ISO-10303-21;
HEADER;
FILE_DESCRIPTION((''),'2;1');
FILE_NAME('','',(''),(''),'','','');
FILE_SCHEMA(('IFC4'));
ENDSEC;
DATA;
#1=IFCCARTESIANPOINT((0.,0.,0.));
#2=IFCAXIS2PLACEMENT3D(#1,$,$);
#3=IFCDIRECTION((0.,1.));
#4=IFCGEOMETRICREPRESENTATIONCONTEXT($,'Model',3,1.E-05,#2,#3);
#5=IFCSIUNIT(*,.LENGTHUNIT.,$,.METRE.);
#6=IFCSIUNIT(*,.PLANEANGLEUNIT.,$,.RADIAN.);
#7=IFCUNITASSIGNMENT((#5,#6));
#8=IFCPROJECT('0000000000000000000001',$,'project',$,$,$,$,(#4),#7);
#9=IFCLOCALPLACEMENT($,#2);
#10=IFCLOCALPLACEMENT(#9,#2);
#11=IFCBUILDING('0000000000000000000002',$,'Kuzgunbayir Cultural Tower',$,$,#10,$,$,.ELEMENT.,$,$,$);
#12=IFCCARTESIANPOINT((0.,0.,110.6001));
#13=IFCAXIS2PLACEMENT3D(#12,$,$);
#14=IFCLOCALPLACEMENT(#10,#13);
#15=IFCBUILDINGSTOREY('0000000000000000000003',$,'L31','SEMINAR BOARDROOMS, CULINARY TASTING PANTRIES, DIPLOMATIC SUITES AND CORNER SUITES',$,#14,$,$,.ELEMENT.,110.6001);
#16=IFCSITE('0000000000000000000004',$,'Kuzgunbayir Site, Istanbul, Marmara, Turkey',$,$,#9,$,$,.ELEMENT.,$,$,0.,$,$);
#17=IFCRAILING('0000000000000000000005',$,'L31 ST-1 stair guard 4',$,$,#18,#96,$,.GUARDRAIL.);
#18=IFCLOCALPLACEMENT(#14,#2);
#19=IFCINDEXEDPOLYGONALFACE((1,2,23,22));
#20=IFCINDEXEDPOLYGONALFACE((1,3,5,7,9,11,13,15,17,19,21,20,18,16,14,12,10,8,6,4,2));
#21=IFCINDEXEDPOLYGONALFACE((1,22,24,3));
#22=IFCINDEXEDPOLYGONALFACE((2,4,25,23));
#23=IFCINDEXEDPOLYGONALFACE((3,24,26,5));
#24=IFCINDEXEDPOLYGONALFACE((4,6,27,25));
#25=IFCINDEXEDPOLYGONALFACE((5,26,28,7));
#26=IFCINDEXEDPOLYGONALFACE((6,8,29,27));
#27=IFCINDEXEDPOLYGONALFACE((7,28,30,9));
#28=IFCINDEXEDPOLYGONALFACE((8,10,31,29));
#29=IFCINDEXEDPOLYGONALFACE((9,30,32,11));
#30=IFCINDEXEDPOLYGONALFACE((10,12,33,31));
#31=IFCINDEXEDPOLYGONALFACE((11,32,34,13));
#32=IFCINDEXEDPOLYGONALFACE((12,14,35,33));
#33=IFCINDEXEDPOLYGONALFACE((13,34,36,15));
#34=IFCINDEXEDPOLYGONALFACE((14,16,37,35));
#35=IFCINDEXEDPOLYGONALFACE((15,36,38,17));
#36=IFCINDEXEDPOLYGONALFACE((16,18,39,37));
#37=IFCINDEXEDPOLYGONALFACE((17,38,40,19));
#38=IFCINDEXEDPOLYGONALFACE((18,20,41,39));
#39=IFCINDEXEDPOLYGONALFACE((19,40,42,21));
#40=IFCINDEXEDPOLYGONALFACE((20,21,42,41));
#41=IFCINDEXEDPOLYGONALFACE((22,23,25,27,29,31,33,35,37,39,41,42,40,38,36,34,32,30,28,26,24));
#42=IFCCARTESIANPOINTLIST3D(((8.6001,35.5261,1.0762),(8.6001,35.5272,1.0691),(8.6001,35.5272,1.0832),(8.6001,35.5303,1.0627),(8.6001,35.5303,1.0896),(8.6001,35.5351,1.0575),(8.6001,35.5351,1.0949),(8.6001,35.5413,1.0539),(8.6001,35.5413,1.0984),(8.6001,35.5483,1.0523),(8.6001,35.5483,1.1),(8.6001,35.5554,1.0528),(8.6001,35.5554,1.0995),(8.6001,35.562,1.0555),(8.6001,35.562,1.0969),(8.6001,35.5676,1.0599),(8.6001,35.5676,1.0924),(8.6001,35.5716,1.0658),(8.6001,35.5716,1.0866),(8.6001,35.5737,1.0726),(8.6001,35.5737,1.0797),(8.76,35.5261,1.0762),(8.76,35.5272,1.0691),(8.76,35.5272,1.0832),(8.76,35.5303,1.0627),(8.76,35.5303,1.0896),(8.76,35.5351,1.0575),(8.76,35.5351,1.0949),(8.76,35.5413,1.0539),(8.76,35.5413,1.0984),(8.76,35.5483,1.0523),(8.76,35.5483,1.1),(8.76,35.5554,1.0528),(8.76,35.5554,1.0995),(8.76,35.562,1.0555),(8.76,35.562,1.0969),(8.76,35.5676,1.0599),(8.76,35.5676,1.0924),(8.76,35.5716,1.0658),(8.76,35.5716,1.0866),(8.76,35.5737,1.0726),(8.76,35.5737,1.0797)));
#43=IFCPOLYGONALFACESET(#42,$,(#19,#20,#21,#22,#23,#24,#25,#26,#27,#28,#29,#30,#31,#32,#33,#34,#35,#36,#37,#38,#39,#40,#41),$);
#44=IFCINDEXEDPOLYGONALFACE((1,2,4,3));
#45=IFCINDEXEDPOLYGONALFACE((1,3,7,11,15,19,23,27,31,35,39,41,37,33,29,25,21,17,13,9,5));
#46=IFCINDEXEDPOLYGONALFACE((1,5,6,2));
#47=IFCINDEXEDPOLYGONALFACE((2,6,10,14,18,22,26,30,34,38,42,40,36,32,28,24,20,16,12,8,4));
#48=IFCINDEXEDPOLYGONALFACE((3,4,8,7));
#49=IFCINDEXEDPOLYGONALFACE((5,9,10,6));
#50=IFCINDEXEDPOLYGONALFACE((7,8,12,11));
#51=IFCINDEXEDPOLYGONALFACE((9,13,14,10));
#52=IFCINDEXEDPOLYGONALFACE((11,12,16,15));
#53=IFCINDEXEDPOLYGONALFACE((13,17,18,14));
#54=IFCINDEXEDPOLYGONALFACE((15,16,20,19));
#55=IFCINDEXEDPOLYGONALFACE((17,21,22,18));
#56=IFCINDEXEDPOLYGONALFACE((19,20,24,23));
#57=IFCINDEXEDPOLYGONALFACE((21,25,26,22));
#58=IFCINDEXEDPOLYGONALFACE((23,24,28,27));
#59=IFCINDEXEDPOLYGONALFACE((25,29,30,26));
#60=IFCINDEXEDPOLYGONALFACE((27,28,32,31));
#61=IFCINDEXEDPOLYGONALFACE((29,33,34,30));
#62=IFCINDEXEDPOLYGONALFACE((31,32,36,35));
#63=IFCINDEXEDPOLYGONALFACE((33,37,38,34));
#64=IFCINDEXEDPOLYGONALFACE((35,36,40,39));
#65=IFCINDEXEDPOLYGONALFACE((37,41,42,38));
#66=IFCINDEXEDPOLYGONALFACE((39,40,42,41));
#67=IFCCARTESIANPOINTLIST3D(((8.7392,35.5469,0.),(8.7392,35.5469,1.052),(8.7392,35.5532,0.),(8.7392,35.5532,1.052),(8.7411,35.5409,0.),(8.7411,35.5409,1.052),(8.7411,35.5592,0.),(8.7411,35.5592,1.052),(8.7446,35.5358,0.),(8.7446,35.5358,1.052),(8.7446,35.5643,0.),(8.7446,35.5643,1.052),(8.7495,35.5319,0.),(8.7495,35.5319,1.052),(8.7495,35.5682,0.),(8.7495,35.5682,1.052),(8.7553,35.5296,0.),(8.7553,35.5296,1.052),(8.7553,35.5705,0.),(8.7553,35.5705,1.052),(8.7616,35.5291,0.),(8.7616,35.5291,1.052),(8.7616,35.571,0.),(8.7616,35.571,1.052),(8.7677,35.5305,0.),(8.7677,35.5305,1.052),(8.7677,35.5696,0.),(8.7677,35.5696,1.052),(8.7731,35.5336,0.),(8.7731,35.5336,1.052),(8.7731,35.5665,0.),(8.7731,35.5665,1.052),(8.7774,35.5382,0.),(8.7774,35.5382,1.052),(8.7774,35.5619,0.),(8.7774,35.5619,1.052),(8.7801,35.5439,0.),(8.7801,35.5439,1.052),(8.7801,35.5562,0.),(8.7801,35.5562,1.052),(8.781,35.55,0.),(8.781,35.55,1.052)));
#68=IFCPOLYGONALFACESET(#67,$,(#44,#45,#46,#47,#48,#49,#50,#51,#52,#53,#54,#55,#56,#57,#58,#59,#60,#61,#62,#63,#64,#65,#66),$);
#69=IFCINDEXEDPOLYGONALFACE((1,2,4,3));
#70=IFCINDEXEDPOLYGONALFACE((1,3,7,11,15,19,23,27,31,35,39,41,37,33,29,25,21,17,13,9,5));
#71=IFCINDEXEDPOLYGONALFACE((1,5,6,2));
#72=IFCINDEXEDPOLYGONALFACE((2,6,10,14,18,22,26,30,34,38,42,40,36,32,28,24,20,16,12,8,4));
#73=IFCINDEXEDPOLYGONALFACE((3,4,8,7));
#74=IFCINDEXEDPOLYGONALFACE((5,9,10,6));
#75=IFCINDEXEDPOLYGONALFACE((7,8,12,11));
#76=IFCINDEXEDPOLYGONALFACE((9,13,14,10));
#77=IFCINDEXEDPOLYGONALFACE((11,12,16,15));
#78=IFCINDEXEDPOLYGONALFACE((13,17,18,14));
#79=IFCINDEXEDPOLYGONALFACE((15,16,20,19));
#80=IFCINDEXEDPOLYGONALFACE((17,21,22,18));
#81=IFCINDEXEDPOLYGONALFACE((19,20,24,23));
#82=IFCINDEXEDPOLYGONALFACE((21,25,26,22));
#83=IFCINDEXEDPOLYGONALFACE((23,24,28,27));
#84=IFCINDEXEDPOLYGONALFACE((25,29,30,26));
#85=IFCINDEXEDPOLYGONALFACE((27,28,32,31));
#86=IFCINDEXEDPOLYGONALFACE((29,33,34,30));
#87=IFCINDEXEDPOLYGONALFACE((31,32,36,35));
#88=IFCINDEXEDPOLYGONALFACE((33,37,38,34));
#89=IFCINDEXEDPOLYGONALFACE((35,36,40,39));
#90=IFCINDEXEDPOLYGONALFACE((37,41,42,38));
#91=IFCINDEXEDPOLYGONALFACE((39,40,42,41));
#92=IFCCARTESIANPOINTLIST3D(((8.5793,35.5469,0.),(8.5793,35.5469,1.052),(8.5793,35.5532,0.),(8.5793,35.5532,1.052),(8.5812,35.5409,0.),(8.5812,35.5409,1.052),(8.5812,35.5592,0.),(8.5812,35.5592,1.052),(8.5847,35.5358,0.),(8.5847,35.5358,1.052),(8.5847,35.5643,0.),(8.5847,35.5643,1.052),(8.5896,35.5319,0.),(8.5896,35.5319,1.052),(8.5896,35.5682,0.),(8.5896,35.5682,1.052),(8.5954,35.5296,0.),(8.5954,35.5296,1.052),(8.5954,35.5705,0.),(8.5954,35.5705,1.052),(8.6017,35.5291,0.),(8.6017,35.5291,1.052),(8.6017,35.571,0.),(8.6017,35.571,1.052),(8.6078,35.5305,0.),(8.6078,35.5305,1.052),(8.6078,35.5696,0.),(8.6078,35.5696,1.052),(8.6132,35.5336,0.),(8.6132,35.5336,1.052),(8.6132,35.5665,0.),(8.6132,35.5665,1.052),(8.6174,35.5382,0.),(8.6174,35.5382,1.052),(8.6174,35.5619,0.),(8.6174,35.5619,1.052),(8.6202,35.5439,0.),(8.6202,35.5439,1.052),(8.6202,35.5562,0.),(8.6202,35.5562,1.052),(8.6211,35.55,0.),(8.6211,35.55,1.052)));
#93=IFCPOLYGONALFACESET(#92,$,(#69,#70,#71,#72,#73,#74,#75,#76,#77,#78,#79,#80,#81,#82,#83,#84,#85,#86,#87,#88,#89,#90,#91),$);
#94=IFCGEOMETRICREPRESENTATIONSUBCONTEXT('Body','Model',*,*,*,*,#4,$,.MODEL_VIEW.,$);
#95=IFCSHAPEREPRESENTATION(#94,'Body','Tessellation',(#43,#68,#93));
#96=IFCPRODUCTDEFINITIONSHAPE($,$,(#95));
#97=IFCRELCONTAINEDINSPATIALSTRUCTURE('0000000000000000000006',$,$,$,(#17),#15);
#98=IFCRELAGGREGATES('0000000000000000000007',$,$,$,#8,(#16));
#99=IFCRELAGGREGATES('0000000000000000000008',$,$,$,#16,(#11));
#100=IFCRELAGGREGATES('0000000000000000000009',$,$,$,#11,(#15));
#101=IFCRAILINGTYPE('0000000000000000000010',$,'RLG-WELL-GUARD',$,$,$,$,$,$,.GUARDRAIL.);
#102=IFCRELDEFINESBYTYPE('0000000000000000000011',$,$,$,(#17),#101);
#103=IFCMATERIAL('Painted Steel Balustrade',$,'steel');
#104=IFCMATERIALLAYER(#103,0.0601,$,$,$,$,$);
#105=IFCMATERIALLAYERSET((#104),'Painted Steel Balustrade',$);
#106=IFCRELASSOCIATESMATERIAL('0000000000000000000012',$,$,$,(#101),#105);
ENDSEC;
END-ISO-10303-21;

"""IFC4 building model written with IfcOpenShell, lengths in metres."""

from ifc_helpers import new_model, si_unit, direction, frame, origin, origin_2d, place, context, subcontext, project, spatial, circle, extrude, material, layer, layer_set, type_object, element, save


model = new_model("IFC4")

# Units and contexts
model_context = context("Model", 3, precision=1e-05, world=origin(), true_north=direction((0.0, 1.0)))
body_context = subcontext(model_context, "Body", "Model", "MODEL_VIEW")
ifc_project = project(units=[si_unit("LENGTHUNIT", "METRE"), si_unit("PLANEANGLEUNIT", "RADIAN")], contexts=[model_context])

# Site, building, storey
site_placement = place(None, origin())
site = spatial("IfcSite", under=ifc_project, at=site_placement, Name="Kuzgunbayir Site, Istanbul, Marmara, Turkey", CompositionType="ELEMENT", RefElevation=0.0)
building_placement = place(site_placement, origin())
building = spatial("IfcBuilding", under=site, at=building_placement, Name="Kuzgunbayir Cultural Tower", CompositionType="ELEMENT")
storey_placement = place(building_placement, frame((0.0, 0.0, 110.6001)))
storey = spatial("IfcBuildingStorey", under=building, at=storey_placement, Name="L31", Description="SEMINAR BOARDROOMS, CULINARY TASTING PANTRIES, DIPLOMATIC SUITES AND CORNER SUITES", CompositionType="ELEMENT", Elevation=110.6001)

# Railing
ifc_material_1 = material(Name="Painted Steel Balustrade", Category="steel")
ifc_layer_1 = layer(ifc_material_1, 0.0601)
ifc_layer_set_1 = layer_set([ifc_layer_1], Name="Painted Steel Balustrade")
railing_type_1 = type_object("IfcRailingType", Name="RLG-WELL-GUARD", PredefinedType="GUARDRAIL", material=ifc_layer_set_1)
railing_1_placement = place(storey_placement, frame((8.76, 35.55, 0.0)))
element("IfcRailing", 1, at=railing_1_placement, inside=storey, type_object=railing_type_1, Name="L31 ST-1 stair guard 4", PredefinedType="GUARDRAIL", context=body_context, shape_type="SweptSolid", body=[
    extrude(circle(Radius=0.0239, at=origin_2d()), frame((0.0, 0.0, 1.0762), z_axis=(-1.0, 0.0, 0.0), x_axis=(0.0, -1.0, 0.0)), (0.0, 0.0, 1.0), 0.1599),
    extrude(circle(Radius=0.021, at=origin_2d()), origin(), (0.0, 0.0, 1.0), 1.052),
    extrude(circle(Radius=0.021, at=origin_2d()), frame((-0.1599, 0.0, 0.0)), (0.0, 0.0, 1.0), 1.052),
])

save(model, "model.ifc")
